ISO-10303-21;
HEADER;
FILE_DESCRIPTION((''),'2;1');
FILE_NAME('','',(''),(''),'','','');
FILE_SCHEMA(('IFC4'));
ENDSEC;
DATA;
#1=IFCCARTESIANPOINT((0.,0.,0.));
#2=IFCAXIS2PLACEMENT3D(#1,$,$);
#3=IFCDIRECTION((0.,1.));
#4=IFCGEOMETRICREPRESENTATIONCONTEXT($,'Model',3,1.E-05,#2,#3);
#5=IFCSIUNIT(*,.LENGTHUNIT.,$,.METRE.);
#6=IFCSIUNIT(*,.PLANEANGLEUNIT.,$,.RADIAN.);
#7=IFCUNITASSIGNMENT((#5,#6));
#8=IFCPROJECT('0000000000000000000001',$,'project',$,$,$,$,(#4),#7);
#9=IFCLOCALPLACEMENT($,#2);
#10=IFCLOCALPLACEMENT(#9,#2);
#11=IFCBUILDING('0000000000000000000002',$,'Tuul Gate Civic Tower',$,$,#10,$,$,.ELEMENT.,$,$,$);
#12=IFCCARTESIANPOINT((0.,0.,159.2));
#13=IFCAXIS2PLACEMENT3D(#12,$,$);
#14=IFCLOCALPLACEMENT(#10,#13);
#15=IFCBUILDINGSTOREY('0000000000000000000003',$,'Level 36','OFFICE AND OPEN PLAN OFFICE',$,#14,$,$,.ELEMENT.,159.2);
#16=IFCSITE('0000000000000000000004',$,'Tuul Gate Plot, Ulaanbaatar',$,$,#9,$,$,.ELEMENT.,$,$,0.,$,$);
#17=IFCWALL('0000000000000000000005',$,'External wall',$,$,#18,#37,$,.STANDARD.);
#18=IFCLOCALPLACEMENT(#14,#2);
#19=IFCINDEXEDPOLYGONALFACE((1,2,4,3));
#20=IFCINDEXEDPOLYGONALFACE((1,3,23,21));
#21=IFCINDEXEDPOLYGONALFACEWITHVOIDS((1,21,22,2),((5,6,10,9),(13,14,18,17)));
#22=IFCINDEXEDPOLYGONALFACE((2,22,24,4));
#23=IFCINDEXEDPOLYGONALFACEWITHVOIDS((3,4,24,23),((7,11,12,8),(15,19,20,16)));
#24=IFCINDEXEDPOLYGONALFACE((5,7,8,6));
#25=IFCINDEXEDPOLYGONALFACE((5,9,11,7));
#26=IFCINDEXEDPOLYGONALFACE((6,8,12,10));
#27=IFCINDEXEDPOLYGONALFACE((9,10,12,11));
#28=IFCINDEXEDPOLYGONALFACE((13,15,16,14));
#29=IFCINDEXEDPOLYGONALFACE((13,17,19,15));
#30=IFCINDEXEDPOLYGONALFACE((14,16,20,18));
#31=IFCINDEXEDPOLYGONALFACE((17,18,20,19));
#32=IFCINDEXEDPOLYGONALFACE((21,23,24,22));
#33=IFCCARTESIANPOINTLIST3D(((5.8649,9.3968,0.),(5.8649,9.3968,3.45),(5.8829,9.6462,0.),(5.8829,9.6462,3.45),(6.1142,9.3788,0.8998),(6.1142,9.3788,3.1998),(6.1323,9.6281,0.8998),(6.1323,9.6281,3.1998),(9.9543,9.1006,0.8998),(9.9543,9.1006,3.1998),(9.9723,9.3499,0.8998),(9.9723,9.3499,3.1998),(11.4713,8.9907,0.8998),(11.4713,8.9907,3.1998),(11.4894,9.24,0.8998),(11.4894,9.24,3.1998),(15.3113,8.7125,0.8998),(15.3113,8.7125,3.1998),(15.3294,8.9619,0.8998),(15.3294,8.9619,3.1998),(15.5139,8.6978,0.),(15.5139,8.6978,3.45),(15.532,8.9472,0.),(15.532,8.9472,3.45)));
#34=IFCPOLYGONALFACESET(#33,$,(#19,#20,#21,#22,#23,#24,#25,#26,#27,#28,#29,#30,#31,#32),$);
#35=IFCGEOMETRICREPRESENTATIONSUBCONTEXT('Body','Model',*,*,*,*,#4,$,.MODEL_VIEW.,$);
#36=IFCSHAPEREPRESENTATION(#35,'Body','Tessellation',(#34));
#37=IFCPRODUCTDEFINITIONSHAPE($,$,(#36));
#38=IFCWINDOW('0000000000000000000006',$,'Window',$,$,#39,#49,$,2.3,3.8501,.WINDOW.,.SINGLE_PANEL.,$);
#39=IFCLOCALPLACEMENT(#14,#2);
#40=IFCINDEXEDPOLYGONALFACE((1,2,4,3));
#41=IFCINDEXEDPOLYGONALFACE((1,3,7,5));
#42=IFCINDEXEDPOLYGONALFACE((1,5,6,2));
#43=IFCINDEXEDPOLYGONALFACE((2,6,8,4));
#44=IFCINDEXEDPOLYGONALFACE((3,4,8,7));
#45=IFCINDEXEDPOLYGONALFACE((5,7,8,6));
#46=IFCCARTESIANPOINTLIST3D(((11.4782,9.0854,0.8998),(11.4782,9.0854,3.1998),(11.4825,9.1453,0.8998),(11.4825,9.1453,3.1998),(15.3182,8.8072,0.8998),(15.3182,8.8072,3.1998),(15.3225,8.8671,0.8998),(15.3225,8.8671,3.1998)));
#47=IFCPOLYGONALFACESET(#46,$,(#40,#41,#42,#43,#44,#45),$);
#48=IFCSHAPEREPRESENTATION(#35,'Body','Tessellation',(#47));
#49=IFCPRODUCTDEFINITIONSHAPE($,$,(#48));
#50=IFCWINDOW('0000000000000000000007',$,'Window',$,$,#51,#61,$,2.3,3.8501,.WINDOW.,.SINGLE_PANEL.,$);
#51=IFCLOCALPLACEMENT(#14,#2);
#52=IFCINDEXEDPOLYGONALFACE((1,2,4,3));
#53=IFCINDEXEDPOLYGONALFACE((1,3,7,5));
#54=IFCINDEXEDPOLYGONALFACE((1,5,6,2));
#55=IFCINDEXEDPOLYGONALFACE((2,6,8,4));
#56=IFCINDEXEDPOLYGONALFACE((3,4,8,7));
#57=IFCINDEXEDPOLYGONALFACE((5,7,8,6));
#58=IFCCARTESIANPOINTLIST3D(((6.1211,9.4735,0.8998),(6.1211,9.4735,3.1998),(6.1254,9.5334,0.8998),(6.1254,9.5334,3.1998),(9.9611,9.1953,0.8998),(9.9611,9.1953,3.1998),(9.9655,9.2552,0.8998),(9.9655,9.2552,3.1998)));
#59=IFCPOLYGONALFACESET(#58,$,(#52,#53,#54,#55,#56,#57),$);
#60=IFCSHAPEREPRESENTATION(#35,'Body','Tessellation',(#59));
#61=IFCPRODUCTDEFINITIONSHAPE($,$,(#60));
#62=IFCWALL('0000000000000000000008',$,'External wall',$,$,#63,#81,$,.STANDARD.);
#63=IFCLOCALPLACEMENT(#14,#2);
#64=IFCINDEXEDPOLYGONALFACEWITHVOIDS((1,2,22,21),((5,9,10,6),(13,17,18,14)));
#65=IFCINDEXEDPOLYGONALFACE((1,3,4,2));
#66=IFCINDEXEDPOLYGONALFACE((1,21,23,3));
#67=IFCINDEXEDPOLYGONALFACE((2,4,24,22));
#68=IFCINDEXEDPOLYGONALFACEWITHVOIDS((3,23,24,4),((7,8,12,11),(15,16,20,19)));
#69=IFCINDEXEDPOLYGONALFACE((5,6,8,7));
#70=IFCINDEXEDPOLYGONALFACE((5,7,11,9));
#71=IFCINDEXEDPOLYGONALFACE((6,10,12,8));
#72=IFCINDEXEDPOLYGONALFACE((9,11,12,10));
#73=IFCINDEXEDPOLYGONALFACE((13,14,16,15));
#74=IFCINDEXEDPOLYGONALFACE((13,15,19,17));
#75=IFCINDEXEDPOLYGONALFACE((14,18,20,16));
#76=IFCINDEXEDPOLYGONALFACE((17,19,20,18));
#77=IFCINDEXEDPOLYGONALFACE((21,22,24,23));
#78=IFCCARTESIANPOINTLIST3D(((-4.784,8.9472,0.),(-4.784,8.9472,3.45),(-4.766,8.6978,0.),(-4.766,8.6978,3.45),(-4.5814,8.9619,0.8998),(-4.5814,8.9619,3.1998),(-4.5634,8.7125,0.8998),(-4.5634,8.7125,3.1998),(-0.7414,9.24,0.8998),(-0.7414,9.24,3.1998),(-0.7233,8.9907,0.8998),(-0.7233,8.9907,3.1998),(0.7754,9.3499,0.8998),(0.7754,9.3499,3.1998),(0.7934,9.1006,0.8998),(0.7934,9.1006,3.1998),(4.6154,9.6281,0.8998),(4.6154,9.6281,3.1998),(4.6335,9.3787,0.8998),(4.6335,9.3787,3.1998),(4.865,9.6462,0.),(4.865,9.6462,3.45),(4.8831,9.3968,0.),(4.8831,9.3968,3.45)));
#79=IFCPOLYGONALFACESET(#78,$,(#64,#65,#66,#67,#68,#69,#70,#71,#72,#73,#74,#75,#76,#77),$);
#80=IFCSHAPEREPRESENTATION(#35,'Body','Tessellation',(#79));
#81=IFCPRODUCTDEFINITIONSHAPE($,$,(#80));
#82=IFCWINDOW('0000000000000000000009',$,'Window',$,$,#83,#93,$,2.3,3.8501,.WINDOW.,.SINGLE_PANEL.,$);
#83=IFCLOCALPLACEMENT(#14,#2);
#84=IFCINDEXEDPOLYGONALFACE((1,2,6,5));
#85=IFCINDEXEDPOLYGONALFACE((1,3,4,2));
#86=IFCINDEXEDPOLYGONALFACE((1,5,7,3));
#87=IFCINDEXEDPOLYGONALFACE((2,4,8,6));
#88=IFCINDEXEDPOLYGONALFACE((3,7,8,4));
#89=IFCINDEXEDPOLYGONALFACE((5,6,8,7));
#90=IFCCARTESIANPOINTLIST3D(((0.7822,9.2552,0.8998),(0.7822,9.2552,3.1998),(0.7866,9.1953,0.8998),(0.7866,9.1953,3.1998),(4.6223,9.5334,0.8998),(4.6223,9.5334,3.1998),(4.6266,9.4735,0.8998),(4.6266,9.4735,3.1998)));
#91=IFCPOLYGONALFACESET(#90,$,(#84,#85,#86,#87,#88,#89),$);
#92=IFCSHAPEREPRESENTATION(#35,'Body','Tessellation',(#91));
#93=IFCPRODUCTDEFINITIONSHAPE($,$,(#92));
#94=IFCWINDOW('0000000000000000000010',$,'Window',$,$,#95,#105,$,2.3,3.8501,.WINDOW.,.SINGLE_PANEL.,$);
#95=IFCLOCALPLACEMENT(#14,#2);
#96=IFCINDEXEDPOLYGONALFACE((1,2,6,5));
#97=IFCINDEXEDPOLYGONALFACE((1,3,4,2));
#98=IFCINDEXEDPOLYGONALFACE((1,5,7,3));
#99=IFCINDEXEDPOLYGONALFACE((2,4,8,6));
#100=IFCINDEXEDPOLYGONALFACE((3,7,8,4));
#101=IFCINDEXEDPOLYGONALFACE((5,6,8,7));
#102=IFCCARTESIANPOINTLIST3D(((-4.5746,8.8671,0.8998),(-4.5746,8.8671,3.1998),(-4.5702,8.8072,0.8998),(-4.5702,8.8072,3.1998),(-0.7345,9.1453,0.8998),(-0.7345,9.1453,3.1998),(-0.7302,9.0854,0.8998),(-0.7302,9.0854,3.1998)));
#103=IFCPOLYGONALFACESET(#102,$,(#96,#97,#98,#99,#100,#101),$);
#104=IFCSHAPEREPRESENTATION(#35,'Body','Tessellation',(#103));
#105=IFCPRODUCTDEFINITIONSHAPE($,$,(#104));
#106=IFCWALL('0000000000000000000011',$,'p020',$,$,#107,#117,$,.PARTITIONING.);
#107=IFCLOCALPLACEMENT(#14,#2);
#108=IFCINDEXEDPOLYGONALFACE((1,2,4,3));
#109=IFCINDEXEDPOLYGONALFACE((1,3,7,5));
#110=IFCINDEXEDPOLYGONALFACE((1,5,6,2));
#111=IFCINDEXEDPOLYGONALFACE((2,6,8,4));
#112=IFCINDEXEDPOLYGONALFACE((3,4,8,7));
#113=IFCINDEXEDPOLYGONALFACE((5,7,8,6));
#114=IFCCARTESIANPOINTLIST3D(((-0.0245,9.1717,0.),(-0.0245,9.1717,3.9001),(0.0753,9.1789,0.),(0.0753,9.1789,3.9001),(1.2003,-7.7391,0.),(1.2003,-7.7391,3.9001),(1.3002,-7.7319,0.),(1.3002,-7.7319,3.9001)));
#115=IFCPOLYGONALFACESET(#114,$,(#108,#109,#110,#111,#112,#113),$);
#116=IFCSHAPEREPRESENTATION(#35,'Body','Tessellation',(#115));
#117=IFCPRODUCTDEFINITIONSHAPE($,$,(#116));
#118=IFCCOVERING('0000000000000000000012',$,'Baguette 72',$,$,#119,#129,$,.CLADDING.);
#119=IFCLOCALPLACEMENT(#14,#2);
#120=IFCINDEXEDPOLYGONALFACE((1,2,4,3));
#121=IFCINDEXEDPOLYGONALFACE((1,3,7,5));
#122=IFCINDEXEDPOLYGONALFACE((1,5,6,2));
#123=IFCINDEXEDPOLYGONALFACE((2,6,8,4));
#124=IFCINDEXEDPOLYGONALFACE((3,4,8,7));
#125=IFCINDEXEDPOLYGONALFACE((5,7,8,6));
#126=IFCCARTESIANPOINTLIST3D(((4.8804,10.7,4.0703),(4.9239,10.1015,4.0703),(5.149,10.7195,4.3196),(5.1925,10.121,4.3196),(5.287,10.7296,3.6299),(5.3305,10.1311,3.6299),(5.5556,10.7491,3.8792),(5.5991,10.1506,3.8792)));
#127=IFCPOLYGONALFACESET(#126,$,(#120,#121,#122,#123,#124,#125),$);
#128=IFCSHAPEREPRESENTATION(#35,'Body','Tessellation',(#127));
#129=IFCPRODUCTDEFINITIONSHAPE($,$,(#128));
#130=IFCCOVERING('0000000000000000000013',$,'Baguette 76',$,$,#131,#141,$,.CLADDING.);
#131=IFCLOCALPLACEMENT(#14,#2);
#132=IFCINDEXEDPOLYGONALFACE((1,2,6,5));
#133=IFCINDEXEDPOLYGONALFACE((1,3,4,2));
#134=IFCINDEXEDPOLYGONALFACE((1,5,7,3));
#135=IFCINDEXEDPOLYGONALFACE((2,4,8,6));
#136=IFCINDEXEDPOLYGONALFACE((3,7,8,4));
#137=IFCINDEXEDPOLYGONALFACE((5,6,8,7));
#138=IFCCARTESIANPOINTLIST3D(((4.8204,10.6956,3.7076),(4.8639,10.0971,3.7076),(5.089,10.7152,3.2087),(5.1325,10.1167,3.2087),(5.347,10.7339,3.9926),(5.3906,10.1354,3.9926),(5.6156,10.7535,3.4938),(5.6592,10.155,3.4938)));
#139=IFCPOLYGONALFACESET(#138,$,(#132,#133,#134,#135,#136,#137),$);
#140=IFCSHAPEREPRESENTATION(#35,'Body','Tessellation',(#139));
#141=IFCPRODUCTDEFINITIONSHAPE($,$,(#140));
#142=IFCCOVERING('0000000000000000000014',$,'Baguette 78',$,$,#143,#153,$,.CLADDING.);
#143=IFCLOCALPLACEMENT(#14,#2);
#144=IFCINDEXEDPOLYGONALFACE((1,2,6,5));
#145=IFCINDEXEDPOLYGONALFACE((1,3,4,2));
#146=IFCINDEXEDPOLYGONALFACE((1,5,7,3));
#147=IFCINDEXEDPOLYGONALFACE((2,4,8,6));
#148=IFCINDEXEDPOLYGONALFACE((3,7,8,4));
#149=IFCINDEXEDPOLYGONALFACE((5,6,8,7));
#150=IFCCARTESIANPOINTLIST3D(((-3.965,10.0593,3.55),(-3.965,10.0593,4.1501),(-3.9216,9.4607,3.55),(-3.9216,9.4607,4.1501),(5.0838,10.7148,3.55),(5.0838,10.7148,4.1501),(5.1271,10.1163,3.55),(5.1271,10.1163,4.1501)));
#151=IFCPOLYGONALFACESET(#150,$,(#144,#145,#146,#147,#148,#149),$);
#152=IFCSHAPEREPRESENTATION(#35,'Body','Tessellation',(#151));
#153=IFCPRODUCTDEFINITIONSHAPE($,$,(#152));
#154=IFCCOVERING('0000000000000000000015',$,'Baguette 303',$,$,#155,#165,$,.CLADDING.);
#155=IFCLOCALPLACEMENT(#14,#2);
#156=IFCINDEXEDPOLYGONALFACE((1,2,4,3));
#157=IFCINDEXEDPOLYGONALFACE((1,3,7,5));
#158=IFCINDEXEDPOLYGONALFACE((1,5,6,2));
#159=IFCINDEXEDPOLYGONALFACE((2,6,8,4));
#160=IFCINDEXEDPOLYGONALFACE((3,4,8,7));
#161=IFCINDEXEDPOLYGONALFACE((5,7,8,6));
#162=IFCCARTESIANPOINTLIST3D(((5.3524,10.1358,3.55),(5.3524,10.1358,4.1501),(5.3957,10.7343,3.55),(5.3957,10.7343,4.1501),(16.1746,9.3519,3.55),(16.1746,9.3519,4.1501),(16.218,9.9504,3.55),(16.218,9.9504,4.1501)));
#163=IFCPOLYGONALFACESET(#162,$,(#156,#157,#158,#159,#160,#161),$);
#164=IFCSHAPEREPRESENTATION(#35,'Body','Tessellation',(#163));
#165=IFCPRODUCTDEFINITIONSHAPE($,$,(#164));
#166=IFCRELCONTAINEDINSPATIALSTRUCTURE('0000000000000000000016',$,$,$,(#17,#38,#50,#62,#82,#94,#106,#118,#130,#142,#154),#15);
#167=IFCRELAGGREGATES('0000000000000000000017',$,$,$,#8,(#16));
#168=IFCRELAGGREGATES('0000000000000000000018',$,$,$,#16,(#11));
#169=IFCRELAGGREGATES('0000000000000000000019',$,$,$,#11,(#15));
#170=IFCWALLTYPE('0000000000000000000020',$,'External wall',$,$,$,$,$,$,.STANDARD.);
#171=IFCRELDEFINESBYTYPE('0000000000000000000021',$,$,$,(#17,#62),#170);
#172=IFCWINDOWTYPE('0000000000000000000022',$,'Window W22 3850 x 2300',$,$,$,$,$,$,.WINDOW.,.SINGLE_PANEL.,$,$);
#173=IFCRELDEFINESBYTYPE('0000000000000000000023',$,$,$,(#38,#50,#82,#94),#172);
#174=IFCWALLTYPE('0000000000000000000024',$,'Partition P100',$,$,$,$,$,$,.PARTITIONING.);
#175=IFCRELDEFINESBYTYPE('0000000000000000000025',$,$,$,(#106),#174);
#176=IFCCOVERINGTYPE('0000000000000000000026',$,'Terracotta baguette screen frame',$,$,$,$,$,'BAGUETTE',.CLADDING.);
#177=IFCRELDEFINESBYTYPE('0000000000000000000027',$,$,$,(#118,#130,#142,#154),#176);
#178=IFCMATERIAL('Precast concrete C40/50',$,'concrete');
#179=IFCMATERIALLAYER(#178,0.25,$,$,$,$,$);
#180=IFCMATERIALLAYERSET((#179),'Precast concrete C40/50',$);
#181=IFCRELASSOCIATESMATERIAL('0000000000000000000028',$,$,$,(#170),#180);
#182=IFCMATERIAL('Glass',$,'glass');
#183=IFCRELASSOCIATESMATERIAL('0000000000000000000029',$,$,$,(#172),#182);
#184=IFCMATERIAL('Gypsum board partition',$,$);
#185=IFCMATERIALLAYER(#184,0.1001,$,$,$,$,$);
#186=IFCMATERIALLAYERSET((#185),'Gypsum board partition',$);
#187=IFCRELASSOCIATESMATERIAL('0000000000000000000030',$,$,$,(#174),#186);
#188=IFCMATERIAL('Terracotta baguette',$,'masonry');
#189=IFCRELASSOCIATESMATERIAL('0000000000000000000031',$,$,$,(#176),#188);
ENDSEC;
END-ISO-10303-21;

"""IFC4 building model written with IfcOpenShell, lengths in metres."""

from ifc_helpers import new_model, si_unit, direction, frame, frame_2d, origin, origin_2d, place, context, subcontext, project, spatial, rectangle, extrude, material, layer, layer_set, material_profile, profile_set, type_object, element, fill, save


model = new_model("IFC4")

# Units and contexts
model_context = context("Model", 3, precision=1e-05, world=origin(), true_north=direction((0.0, 1.0)))
body_context = subcontext(model_context, "Body", "Model", "MODEL_VIEW")
ifc_project = project(units=[si_unit("LENGTHUNIT", "METRE"), si_unit("PLANEANGLEUNIT", "RADIAN")], contexts=[model_context])

# Site, building, storey
site_placement = place(None, origin())
site = spatial("IfcSite", under=ifc_project, at=site_placement, Name="Tuul Gate Plot, Ulaanbaatar", CompositionType="ELEMENT", RefElevation=0.0)
building_placement = place(site_placement, origin())
building = spatial("IfcBuilding", under=site, at=building_placement, Name="Tuul Gate Civic Tower", CompositionType="ELEMENT")
storey_placement = place(building_placement, frame((0.0, 0.0, 159.2)))
storey = spatial("IfcBuildingStorey", under=building, at=storey_placement, Name="Level 36", Description="OFFICE AND OPEN PLAN OFFICE", CompositionType="ELEMENT", Elevation=159.2)

# Walls, openings, windows
ifc_material_1 = material(Name="Precast concrete C40/50", Category="concrete")
ifc_layer_1 = layer(ifc_material_1, 0.25)
ifc_layer_set_1 = layer_set([ifc_layer_1], Name="Precast concrete C40/50")
wall_type_1 = type_object("IfcWallType", Name="External wall", PredefinedType="STANDARD", material=ifc_layer_set_1)
wall_1_placement = place(storey_placement, frame((15.5229, 8.8225, 0.0), z_axis=(0.0, 0.0, 1.0), x_axis=(-0.997386, 0.072251, 0.0)))
wall_1 = element("IfcWall", 1, at=wall_1_placement, inside=storey, type_object=wall_type_1, Name="External wall", PredefinedType="STANDARD", context=body_context, shape_type="SweptSolid", body=[
    extrude(rectangle(XDim=9.6743, YDim=0.25, at=frame_2d((4.8372, 0.0))), origin(), (0.0, 0.0, 1.0), 3.45),
])
opening_1_placement = place(wall_1_placement, frame((0.2031, 0.0, 0.8999)))
opening_1 = element("IfcOpeningElement", 2, at=opening_1_placement, cuts=wall_1, PredefinedType="OPENING", context=body_context, shape_type="SweptSolid", body=[
    extrude(rectangle(XDim=3.8501, YDim=2.3, at=frame_2d((1.925, 1.1499))), frame((0.0, 0.135, 0.0), z_axis=(0.0, -1.0, 0.0), x_axis=(1.0, 0.0, 0.0)), (0.0, 0.0, 1.0), 0.27),
])
opening_2_placement = place(wall_1_placement, frame((5.5742, 0.0, 0.8999)))
opening_2 = element("IfcOpeningElement", 3, at=opening_2_placement, cuts=wall_1, PredefinedType="OPENING", context=body_context, shape_type="SweptSolid", body=[
    extrude(rectangle(XDim=3.8501, YDim=2.3, at=frame_2d((1.925, 1.1499))), frame((0.0, 0.135, 0.0), z_axis=(0.0, -1.0, 0.0), x_axis=(1.0, 0.0, 0.0)), (0.0, 0.0, 1.0), 0.27),
])
ifc_material_2 = material(Name="Glass", Category="glass")
window_type = type_object("IfcWindowType", Name="Window W22 3850 x 2300", PartitioningType="SINGLE_PANEL", PredefinedType="WINDOW", material=ifc_material_2)
window_1_placement = place(opening_1_placement, origin())
window_1 = element("IfcWindow", 4, at=window_1_placement, inside=storey, type_object=window_type, Name="Window", OverallHeight=2.3, OverallWidth=3.8501, PartitioningType="SINGLE_PANEL", PredefinedType="WINDOW", context=body_context, shape_type="SweptSolid", body=[
    extrude(rectangle(XDim=3.8501, YDim=2.3, at=frame_2d((1.925, 1.1499))), frame((0.0, 0.03, 0.0), z_axis=(0.0, -1.0, 0.0), x_axis=(1.0, 0.0, 0.0)), (0.0, 0.0, 1.0), 0.0601),
])
fill(opening_1, window_1)
window_2_placement = place(opening_2_placement, origin())
window_2 = element("IfcWindow", 5, at=window_2_placement, inside=storey, type_object=window_type, Name="Window", OverallHeight=2.3, OverallWidth=3.8501, PartitioningType="SINGLE_PANEL", PredefinedType="WINDOW", context=body_context, shape_type="SweptSolid", body=[
    extrude(rectangle(XDim=3.8501, YDim=2.3, at=frame_2d((1.925, 1.1499))), frame((0.0, 0.03, 0.0), z_axis=(0.0, -1.0, 0.0), x_axis=(1.0, 0.0, 0.0)), (0.0, 0.0, 1.0), 0.0601),
])
fill(opening_2, window_2)
wall_2_placement = place(storey_placement, frame((4.874, 9.5215, 0.0), z_axis=(0.0, 0.0, 1.0), x_axis=(-0.997386, -0.072251, 0.0)))
wall_2 = element("IfcWall", 6, at=wall_2_placement, inside=storey, type_object=wall_type_1, Name="External wall", PredefinedType="STANDARD", context=body_context, shape_type="SweptSolid", body=[
    extrude(rectangle(XDim=9.6743, YDim=0.25, at=frame_2d((4.8372, 0.0))), origin(), (0.0, 0.0, 1.0), 3.45),
])
opening_3_placement = place(wall_2_placement, frame((0.2502, 0.0, 0.8999)))
opening_3 = element("IfcOpeningElement", 7, at=opening_3_placement, cuts=wall_2, PredefinedType="OPENING", context=body_context, shape_type="SweptSolid", body=[
    extrude(rectangle(XDim=3.8501, YDim=2.3, at=frame_2d((1.925, 1.1499))), frame((0.0, 0.135, 0.0), z_axis=(0.0, -1.0, 0.0), x_axis=(1.0, 0.0, 0.0)), (0.0, 0.0, 1.0), 0.27),
])
opening_4_placement = place(wall_2_placement, frame((5.6211, 0.0, 0.8999)))
opening_4 = element("IfcOpeningElement", 8, at=opening_4_placement, cuts=wall_2, PredefinedType="OPENING", context=body_context, shape_type="SweptSolid", body=[
    extrude(rectangle(XDim=3.8501, YDim=2.3, at=frame_2d((1.925, 1.1499))), frame((0.0, 0.135, 0.0), z_axis=(0.0, -1.0, 0.0), x_axis=(1.0, 0.0, 0.0)), (0.0, 0.0, 1.0), 0.27),
])
window_3_placement = place(opening_3_placement, origin())
window_3 = element("IfcWindow", 9, at=window_3_placement, inside=storey, type_object=window_type, Name="Window", OverallHeight=2.3, OverallWidth=3.8501, PartitioningType="SINGLE_PANEL", PredefinedType="WINDOW", context=body_context, shape_type="SweptSolid", body=[
    extrude(rectangle(XDim=3.8501, YDim=2.3, at=frame_2d((1.925, 1.1499))), frame((0.0, 0.03, 0.0), z_axis=(0.0, -1.0, 0.0), x_axis=(1.0, 0.0, 0.0)), (0.0, 0.0, 1.0), 0.0601),
])
fill(opening_3, window_3)
window_4_placement = place(opening_4_placement, origin())
window_4 = element("IfcWindow", 10, at=window_4_placement, inside=storey, type_object=window_type, Name="Window", OverallHeight=2.3, OverallWidth=3.8501, PartitioningType="SINGLE_PANEL", PredefinedType="WINDOW", context=body_context, shape_type="SweptSolid", body=[
    extrude(rectangle(XDim=3.8501, YDim=2.3, at=frame_2d((1.925, 1.1499))), frame((0.0, 0.03, 0.0), z_axis=(0.0, -1.0, 0.0), x_axis=(1.0, 0.0, 0.0)), (0.0, 0.0, 1.0), 0.0601),
])
fill(opening_4, window_4)

# Wall
ifc_material_3 = material(Name="Gypsum board partition")
ifc_layer_2 = layer(ifc_material_3, 0.1001)
ifc_layer_set_2 = layer_set([ifc_layer_2], Name="Gypsum board partition")
wall_type_2 = type_object("IfcWallType", Name="Partition P100", PredefinedType="PARTITIONING", material=ifc_layer_set_2)
wall_3_placement = place(storey_placement, frame((0.0254, 9.1753, 0.0), z_axis=(0.0, 0.0, 1.0), x_axis=(0.072241, -0.997387, 0.0)))
element("IfcWall", 11, at=wall_3_placement, inside=storey, type_object=wall_type_2, Name="p020", PredefinedType="PARTITIONING", context=body_context, shape_type="SweptSolid", body=[
    extrude(rectangle(XDim=16.9551, YDim=0.1001, at=frame_2d((8.4775, 0.0))), origin(), (0.0, 0.0, 1.0), 3.9001),
])

# Coverings
ifc_material_4 = material(Name="Terracotta baguette", Category="masonry")
ifc_material_profile_1 = material_profile(ifc_material_4, rectangle(XDim=0.6001, YDim=0.6001, at=origin_2d()), Name="Terracotta baguette screen frame")
ifc_profile_set_1 = profile_set([ifc_material_profile_1], Name="Terracotta baguette")
covering_type = type_object("IfcCoveringType", Name="Terracotta baguette screen frame", ElementType="BAGUETTE", PredefinedType="CLADDING", material=ifc_profile_set_1)
covering_1_placement = place(storey_placement, frame((5.374, 10.4351, 4.0994), z_axis=(-0.731897, -0.053229, -0.679333), x_axis=(0.072536, -0.997366, 0.0)))
element("IfcCovering", 12, at=covering_1_placement, inside=storey, type_object=covering_type, Name="Baguette 72", PredefinedType="CLADDING", context=body_context, shape_type="SweptSolid", body=[
    extrude(rectangle(XDim=0.6001, YDim=0.6001, at=origin_2d()), origin(), (0.0, 0.0, 1.0), 0.3669),
])
covering_2_placement = place(storey_placement, frame((5.1055, 10.4155, 3.8501), z_axis=(0.473793, 0.034458, -0.879962), x_axis=(-0.072536, 0.997366, 0.0)))
element("IfcCovering", 13, at=covering_2_placement, inside=storey, type_object=covering_type, Name="Baguette 76", PredefinedType="CLADDING", context=body_context, shape_type="SweptSolid", body=[
    extrude(rectangle(XDim=0.6001, YDim=0.6001, at=origin_2d()), origin(), (0.0, 0.0, 1.0), 0.5669),
])
covering_3_placement = place(storey_placement, frame((5.1055, 10.4155, 3.8501), z_axis=(-0.997386, -0.072253, 0.0), x_axis=(0.072253, -0.997386, 0.0)))
element("IfcCovering", 14, at=covering_3_placement, inside=storey, type_object=covering_type, Name="Baguette 78", PredefinedType="CLADDING", context=body_context, shape_type="SweptSolid", body=[
    extrude(rectangle(XDim=0.6001, YDim=0.6001, at=origin_2d()), origin(), (0.0, 0.0, 1.0), 9.0725),
])
covering_4_placement = place(storey_placement, frame((16.1963, 9.6511, 3.8501), z_axis=(-0.997387, 0.072248, 0.0), x_axis=(-0.072248, -0.997387, 0.0)))
element("IfcCovering", 15, at=covering_4_placement, inside=storey, type_object=covering_type, Name="Baguette 303", PredefinedType="CLADDING", context=body_context, shape_type="SweptSolid", body=[
    extrude(rectangle(XDim=0.6001, YDim=0.6001, at=origin_2d()), origin(), (0.0, 0.0, 1.0), 10.8506),
])

save(model, "model.ifc")
